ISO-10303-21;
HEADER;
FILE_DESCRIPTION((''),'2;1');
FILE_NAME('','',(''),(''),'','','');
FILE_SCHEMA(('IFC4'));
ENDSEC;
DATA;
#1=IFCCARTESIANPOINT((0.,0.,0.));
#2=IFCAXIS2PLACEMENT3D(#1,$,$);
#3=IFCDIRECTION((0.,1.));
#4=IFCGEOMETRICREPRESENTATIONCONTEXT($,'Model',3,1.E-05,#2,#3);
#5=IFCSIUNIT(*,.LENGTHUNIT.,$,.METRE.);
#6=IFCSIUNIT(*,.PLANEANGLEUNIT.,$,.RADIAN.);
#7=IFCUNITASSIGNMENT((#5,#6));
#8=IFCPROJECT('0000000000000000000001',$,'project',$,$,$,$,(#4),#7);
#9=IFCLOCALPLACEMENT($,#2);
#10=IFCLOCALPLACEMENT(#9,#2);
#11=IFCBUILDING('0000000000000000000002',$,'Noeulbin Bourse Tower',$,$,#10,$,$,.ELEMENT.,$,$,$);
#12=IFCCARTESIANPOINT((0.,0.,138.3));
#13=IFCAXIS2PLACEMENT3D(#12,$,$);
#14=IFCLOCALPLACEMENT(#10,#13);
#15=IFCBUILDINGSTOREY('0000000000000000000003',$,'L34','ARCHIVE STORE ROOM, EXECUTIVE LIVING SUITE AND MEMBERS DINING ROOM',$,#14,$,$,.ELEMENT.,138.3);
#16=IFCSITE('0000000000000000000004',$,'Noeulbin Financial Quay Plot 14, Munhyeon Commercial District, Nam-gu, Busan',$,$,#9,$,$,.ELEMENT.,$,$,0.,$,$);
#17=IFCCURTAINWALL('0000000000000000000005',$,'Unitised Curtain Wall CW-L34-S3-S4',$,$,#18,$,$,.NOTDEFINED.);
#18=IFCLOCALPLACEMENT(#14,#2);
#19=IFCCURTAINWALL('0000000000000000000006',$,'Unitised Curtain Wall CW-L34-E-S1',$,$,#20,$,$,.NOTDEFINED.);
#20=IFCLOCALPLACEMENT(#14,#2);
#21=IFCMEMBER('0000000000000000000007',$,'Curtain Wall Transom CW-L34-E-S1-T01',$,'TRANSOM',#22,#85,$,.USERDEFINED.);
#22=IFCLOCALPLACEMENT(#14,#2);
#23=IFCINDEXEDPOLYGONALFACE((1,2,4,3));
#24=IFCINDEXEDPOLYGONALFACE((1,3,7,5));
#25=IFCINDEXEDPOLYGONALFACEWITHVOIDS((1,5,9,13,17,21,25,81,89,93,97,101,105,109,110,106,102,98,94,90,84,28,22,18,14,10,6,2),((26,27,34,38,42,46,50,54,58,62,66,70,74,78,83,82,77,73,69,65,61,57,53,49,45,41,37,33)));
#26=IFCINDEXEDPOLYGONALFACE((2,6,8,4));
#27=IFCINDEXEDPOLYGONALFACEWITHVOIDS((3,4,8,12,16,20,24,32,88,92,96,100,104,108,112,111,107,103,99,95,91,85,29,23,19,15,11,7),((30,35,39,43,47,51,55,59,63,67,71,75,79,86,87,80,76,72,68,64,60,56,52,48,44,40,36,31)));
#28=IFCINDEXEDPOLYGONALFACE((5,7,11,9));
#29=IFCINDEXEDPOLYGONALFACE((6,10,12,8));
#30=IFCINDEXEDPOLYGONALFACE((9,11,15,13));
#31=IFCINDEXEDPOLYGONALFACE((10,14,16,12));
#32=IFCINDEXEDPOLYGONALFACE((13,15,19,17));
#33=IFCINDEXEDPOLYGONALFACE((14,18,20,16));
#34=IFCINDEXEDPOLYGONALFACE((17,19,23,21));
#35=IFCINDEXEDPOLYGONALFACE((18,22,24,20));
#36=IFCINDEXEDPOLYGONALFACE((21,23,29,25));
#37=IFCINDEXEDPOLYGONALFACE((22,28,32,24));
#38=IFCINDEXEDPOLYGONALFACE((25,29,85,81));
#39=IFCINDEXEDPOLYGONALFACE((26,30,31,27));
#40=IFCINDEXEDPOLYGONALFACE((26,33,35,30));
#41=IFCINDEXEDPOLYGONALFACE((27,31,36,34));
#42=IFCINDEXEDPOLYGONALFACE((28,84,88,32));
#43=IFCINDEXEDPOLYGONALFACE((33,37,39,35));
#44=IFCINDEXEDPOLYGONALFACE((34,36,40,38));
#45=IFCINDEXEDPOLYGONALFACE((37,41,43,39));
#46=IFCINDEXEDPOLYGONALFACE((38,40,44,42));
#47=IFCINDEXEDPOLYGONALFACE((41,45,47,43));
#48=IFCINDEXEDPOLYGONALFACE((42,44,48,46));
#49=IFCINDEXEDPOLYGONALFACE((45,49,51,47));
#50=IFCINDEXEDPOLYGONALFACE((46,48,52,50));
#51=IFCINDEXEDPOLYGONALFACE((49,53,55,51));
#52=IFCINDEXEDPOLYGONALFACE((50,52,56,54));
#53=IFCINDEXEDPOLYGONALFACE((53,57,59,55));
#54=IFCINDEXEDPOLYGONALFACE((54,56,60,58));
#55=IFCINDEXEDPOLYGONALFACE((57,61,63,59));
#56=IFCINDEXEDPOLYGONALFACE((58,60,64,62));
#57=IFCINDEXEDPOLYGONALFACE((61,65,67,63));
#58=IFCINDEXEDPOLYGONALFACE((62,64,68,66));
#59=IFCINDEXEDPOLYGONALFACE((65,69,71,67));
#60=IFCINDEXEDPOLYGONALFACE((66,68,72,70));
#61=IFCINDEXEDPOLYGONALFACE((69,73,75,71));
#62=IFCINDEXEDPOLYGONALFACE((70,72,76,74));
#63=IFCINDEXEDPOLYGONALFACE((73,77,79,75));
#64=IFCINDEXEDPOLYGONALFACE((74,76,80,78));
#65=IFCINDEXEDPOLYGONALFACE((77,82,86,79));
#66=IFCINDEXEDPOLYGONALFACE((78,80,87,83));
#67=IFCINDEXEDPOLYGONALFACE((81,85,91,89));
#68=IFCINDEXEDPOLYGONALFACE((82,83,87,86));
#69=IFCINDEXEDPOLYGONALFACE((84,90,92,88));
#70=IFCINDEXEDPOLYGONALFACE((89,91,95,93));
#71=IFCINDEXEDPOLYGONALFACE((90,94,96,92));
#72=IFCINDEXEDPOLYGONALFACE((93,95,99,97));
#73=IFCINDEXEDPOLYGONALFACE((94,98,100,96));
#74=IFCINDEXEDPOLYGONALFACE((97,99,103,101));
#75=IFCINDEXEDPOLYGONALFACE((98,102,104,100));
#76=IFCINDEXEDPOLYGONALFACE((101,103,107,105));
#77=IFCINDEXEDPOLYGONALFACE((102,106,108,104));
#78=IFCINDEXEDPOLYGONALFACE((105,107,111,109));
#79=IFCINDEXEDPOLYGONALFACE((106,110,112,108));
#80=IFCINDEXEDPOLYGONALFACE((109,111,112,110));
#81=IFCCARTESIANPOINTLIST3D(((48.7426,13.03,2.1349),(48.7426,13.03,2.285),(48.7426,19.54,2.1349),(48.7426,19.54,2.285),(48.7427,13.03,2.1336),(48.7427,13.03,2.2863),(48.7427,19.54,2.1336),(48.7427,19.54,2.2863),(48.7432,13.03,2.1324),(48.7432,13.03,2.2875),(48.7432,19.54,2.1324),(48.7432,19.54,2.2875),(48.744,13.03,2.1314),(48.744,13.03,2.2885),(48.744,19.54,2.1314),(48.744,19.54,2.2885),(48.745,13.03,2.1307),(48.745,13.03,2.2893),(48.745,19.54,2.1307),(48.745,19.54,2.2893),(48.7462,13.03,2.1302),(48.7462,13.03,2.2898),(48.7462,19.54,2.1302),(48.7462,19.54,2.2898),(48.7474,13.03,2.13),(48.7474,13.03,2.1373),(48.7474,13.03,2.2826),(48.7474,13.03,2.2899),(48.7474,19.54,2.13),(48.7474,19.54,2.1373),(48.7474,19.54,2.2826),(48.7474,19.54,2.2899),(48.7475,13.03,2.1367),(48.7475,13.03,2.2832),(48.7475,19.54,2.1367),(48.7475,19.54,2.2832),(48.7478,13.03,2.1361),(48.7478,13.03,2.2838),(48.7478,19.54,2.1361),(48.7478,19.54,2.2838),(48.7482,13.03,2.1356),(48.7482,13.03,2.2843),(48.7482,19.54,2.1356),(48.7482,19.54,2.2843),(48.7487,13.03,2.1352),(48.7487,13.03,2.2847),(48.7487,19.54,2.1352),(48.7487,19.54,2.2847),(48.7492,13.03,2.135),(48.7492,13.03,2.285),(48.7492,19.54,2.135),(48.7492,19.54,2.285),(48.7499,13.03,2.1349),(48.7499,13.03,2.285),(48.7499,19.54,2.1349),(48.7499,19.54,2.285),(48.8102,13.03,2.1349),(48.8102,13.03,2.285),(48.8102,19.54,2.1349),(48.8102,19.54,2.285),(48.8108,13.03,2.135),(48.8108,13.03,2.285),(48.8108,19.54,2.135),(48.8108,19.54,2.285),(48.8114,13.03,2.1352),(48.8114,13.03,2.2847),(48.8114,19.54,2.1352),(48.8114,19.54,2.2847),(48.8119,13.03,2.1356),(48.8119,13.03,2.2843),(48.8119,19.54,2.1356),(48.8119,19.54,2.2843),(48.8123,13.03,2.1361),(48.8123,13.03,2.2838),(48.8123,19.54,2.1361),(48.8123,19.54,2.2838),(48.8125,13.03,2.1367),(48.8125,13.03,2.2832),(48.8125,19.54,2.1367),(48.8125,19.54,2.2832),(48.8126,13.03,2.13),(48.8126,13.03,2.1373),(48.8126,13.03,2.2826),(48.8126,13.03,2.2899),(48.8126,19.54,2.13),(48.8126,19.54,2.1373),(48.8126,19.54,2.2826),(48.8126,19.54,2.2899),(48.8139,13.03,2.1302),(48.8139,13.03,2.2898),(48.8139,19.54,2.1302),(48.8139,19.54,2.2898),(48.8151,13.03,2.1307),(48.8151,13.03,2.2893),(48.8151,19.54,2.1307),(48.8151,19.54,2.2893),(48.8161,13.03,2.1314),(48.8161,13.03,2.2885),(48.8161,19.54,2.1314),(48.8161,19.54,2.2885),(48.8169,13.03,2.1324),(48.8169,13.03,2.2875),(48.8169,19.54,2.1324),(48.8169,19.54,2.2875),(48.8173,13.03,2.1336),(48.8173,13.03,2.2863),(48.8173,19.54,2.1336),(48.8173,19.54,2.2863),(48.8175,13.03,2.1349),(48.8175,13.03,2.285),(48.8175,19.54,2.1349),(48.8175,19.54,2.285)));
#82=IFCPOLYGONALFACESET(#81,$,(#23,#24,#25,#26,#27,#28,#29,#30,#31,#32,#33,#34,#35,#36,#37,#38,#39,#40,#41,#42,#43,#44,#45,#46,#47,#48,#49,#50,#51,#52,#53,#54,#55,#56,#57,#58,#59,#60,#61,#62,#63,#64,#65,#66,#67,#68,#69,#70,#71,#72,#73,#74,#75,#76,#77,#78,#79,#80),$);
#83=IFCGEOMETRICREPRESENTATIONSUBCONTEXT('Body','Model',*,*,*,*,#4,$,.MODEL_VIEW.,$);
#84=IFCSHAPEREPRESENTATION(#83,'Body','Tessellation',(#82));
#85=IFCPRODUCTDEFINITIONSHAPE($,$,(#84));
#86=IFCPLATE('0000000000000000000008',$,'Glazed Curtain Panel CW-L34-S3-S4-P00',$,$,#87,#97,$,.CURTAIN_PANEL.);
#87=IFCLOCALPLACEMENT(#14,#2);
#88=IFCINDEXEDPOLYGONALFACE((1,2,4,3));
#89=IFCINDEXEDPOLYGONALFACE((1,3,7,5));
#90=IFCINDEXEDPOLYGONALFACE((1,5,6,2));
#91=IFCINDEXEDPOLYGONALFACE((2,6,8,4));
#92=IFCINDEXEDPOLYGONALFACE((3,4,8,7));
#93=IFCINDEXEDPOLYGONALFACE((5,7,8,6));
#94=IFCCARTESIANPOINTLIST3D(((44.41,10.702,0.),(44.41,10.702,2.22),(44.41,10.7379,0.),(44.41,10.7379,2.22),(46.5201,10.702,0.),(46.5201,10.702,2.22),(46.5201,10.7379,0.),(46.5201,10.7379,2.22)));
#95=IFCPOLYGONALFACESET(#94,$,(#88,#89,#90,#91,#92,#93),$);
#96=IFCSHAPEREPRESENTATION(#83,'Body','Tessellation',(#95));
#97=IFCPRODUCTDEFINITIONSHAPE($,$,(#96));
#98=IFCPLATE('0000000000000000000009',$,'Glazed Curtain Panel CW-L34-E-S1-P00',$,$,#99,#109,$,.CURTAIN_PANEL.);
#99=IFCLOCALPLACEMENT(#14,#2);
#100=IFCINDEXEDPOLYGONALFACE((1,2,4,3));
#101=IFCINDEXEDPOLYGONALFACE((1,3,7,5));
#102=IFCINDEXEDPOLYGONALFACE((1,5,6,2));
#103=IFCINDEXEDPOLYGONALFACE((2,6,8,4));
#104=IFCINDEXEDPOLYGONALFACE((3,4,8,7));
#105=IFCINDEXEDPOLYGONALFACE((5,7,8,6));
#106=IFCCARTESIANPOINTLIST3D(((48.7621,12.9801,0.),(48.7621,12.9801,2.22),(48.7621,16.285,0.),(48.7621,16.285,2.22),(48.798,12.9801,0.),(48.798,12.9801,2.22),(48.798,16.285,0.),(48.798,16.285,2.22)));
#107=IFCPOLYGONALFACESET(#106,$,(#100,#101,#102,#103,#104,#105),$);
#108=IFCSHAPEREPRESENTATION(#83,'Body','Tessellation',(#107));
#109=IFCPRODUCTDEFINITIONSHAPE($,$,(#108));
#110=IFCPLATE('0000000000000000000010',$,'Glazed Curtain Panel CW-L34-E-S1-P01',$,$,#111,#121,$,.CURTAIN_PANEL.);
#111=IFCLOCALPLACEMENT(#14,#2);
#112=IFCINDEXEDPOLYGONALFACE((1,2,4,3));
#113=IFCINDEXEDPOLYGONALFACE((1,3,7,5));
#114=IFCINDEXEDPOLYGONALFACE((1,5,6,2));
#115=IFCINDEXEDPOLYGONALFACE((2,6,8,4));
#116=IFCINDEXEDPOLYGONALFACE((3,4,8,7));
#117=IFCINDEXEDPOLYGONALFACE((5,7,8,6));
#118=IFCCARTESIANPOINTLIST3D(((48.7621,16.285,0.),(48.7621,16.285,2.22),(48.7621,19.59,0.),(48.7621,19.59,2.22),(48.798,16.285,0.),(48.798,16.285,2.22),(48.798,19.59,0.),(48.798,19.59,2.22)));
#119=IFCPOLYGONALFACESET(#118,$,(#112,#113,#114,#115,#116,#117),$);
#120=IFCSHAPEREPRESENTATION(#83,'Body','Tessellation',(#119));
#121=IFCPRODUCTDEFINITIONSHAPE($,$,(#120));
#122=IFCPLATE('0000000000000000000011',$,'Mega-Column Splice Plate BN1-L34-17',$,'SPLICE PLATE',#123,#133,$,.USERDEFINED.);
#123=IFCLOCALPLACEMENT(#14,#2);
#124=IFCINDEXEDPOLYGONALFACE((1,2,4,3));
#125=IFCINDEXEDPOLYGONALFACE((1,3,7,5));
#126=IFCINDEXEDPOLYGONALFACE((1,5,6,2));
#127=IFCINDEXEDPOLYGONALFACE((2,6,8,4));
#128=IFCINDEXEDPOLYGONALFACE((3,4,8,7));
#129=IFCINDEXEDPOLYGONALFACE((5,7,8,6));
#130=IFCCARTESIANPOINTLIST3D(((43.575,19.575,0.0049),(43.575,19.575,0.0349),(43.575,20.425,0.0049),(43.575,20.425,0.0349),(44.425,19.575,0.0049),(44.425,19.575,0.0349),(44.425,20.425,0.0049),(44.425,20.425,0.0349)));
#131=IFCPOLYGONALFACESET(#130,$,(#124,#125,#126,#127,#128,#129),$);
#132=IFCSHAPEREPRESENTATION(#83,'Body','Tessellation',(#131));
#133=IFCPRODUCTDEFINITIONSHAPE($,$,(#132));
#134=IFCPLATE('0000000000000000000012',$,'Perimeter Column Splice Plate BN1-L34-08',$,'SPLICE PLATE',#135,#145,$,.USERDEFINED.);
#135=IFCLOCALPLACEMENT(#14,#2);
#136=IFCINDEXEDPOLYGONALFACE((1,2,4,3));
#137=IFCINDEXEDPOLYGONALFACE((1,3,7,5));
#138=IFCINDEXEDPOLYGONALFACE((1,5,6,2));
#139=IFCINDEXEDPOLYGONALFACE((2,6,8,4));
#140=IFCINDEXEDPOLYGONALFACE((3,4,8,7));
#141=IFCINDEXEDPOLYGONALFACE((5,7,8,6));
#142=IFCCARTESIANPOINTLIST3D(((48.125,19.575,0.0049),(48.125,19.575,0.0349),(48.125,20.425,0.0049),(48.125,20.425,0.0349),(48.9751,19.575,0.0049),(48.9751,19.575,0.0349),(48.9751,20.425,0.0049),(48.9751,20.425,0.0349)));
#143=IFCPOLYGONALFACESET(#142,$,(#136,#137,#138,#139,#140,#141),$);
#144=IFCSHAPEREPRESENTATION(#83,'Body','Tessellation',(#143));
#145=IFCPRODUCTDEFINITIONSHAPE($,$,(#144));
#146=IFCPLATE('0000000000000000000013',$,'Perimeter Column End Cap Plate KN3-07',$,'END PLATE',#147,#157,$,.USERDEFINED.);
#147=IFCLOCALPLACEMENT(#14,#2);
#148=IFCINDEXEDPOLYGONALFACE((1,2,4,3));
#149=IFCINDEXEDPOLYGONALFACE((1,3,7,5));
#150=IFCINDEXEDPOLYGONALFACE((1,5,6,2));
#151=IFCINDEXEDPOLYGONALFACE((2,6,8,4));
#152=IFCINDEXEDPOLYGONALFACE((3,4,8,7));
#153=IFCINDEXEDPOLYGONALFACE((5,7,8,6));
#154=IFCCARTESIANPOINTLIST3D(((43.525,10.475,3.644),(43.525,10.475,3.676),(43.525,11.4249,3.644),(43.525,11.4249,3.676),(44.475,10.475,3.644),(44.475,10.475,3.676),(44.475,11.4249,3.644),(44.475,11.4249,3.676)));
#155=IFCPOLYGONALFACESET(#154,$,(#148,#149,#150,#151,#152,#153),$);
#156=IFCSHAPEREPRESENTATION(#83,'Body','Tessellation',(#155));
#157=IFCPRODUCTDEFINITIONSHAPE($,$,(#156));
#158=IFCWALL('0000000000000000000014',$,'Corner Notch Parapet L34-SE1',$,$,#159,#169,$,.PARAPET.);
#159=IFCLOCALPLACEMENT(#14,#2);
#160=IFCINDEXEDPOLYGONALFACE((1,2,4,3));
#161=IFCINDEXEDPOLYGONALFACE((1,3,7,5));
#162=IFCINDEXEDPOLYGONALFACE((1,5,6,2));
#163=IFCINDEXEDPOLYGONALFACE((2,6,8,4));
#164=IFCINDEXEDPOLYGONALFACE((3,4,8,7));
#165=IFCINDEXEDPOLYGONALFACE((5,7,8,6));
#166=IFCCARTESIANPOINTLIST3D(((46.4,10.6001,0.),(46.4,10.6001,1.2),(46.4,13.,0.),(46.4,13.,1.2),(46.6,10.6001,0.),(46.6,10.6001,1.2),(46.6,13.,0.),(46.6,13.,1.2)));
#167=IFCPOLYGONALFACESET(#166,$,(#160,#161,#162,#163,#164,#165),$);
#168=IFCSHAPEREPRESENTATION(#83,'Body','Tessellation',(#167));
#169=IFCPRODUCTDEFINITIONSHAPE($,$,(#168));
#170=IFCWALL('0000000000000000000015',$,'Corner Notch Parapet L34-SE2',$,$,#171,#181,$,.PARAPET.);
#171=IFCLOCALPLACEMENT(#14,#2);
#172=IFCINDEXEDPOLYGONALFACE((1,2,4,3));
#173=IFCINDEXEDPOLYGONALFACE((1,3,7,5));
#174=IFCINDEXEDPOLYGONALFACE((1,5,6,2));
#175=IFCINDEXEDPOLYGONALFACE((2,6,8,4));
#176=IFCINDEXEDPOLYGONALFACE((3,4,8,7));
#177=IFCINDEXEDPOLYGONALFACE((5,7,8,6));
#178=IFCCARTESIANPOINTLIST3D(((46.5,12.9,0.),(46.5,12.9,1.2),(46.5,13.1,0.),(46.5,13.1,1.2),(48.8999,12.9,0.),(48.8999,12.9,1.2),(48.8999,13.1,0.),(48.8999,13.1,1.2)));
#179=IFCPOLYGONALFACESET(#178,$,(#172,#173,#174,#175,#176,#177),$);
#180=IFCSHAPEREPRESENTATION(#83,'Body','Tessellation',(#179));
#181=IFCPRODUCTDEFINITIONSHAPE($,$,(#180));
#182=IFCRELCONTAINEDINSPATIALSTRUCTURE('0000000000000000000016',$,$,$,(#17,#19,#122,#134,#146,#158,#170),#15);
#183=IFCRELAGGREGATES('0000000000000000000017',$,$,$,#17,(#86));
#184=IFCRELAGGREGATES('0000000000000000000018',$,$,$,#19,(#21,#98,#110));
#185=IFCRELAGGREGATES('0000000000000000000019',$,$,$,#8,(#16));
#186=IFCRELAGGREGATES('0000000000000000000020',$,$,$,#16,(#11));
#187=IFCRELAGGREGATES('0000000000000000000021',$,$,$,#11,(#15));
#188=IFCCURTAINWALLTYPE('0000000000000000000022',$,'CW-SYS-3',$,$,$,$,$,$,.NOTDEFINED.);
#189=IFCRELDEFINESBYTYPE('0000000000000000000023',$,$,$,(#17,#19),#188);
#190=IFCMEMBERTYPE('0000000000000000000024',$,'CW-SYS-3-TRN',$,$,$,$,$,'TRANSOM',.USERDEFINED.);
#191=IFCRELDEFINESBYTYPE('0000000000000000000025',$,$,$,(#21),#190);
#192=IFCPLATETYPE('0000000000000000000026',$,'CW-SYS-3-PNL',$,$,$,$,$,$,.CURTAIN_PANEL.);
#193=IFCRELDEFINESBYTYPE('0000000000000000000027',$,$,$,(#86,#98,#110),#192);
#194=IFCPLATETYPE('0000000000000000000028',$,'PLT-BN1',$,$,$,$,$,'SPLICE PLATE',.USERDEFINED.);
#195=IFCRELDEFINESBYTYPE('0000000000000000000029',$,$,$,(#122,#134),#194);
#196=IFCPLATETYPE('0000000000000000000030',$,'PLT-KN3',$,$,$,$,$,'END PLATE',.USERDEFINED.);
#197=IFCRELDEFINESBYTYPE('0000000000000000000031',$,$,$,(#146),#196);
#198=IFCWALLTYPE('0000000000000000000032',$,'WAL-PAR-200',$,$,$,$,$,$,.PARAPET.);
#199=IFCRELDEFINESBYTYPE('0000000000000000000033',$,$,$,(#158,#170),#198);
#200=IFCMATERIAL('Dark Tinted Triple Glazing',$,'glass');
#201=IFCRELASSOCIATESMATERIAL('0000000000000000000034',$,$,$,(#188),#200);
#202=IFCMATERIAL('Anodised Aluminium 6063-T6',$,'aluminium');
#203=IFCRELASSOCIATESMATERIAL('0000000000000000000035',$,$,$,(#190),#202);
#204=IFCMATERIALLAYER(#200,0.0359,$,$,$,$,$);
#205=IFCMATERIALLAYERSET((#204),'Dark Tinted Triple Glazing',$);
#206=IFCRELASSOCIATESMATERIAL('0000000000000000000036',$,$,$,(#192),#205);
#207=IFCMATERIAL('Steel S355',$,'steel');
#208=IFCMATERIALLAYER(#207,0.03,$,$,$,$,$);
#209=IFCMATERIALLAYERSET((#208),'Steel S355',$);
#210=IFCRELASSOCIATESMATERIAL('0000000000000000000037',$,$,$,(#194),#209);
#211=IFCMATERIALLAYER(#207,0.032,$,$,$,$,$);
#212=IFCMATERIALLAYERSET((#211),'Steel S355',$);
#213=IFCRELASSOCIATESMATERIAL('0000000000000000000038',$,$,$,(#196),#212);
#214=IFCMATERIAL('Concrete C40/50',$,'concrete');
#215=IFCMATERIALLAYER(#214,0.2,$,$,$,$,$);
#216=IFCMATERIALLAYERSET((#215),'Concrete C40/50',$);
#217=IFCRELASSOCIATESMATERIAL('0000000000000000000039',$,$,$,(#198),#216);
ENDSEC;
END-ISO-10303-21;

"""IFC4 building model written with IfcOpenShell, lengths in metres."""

from ifc_helpers import new_model, si_unit, direction, frame, frame_2d, origin, origin_2d, place, context, subcontext, project, spatial, rectangle, hollow_rectangle, extrude, material, layer, layer_set, material_profile, profile_set, type_object, element, aggregate, save


model = new_model("IFC4")

# Units and contexts
model_context = context("Model", 3, precision=1e-05, world=origin(), true_north=direction((0.0, 1.0)))
body_context = subcontext(model_context, "Body", "Model", "MODEL_VIEW")
ifc_project = project(units=[si_unit("LENGTHUNIT", "METRE"), si_unit("PLANEANGLEUNIT", "RADIAN")], contexts=[model_context])

# Site, building, storey
site_placement = place(None, origin())
site = spatial("IfcSite", under=ifc_project, at=site_placement, Name="Noeulbin Financial Quay Plot 14, Munhyeon Commercial District, Nam-gu, Busan", CompositionType="ELEMENT", RefElevation=0.0)
building_placement = place(site_placement, origin())
building = spatial("IfcBuilding", under=site, at=building_placement, Name="Noeulbin Bourse Tower", CompositionType="ELEMENT")
storey_placement = place(building_placement, frame((0.0, 0.0, 138.3)))
storey = spatial("IfcBuildingStorey", under=building, at=storey_placement, Name="L34", Description="ARCHIVE STORE ROOM, EXECUTIVE LIVING SUITE AND MEMBERS DINING ROOM", CompositionType="ELEMENT", Elevation=138.3)

# Shared definitions
ifc_material_1 = material(Name="Steel S355", Category="steel")

# Curtain walls
ifc_material_2 = material(Name="Dark Tinted Triple Glazing", Category="glass")
curtain_wall_type = type_object("IfcCurtainWallType", Name="CW-SYS-3", PredefinedType="NOTDEFINED", material=ifc_material_2)
curtain_wall_1_placement = place(storey_placement, origin())
curtain_wall_1 = element("IfcCurtainWall", 1, at=curtain_wall_1_placement, inside=storey, type_object=curtain_wall_type, Name="Unitised Curtain Wall CW-L34-S3-S4", PredefinedType="NOTDEFINED")
ifc_material_3 = material(Name="Anodised Aluminium 6063-T6", Category="aluminium")
curtain_wall_2_placement = place(storey_placement, origin())
curtain_wall_2 = element("IfcCurtainWall", 2, at=curtain_wall_2_placement, inside=storey, type_object=curtain_wall_type, Name="Unitised Curtain Wall CW-L34-E-S1", PredefinedType="NOTDEFINED")

# Member
ifc_material_profile_1 = material_profile(ifc_material_3, hollow_rectangle(XDim=0.075, YDim=0.1599, WallThickness=0.0049, InnerFilletRadius=0.0024, OuterFilletRadius=0.0049, at=origin_2d()), Name="ALU-TRAN-75x160x5", Category="LoadBearing")
ifc_profile_set_1 = profile_set([ifc_material_profile_1], Name="Anodised Aluminium 6063-T6")
member_type_1 = type_object("IfcMemberType", Name="CW-SYS-3-TRN", ElementType="TRANSOM", PredefinedType="USERDEFINED", material=ifc_profile_set_1)
member_1_placement = place(storey_placement, frame((48.78, 13.03, 2.21), z_axis=(0.0, 1.0, 0.0), x_axis=(-1.0, 0.0, 0.0)))
member_1 = element("IfcMember", 3, at=member_1_placement, type_object=member_type_1, Name="Curtain Wall Transom CW-L34-E-S1-T01", ObjectType="TRANSOM", PredefinedType="USERDEFINED", context=body_context, shape_type="SweptSolid", body=[
    extrude(hollow_rectangle(XDim=0.075, YDim=0.1599, WallThickness=0.0049, InnerFilletRadius=0.0024, OuterFilletRadius=0.0049, at=origin_2d()), origin(), (0.0, 0.0, 1.0), 6.51),
])

# Plates
ifc_layer_1 = layer(ifc_material_2, 0.0359)
ifc_layer_set_1 = layer_set([ifc_layer_1], Name="Dark Tinted Triple Glazing")
plate_type_1 = type_object("IfcPlateType", Name="CW-SYS-3-PNL", PredefinedType="CURTAIN_PANEL", material=ifc_layer_set_1)
plate_1_placement = place(storey_placement, frame((45.4651, 10.72, 0.0), z_axis=(0.0, 0.0, 1.0), x_axis=(1.0, 0.0, 0.0)))
plate_1 = element("IfcPlate", 4, at=plate_1_placement, type_object=plate_type_1, Name="Glazed Curtain Panel CW-L34-S3-S4-P00", PredefinedType="CURTAIN_PANEL", context=body_context, shape_type="SweptSolid", body=[
    extrude(rectangle(XDim=2.1101, YDim=0.0359, at=origin_2d()), origin(), (0.0, 0.0, 1.0), 2.22),
])
aggregate(curtain_wall_1, [plate_1])
plate_2_placement = place(storey_placement, frame((48.78, 14.6326, 0.0), z_axis=(0.0, 0.0, 1.0), x_axis=(0.0, 1.0, 0.0)))
plate_2 = element("IfcPlate", 5, at=plate_2_placement, type_object=plate_type_1, Name="Glazed Curtain Panel CW-L34-E-S1-P00", PredefinedType="CURTAIN_PANEL", context=body_context, shape_type="SweptSolid", body=[
    extrude(rectangle(XDim=3.3049, YDim=0.0359, at=origin_2d()), origin(), (0.0, 0.0, 1.0), 2.22),
])
plate_3_placement = place(storey_placement, frame((48.78, 17.9375, 0.0), z_axis=(0.0, 0.0, 1.0), x_axis=(0.0, 1.0, 0.0)))
plate_3 = element("IfcPlate", 6, at=plate_3_placement, type_object=plate_type_1, Name="Glazed Curtain Panel CW-L34-E-S1-P01", PredefinedType="CURTAIN_PANEL", context=body_context, shape_type="SweptSolid", body=[
    extrude(rectangle(XDim=3.3049, YDim=0.0359, at=origin_2d()), origin(), (0.0, 0.0, 1.0), 2.22),
])
aggregate(curtain_wall_2, [member_1, plate_2, plate_3])

# Plates
ifc_layer_2 = layer(ifc_material_1, 0.03)
ifc_layer_set_2 = layer_set([ifc_layer_2], Name="Steel S355")
plate_type_2 = type_object("IfcPlateType", Name="PLT-BN1", ElementType="SPLICE PLATE", PredefinedType="USERDEFINED", material=ifc_layer_set_2)
for number, where, z_axis, x_axis, name in (
    (7, (44.0, 20.0, 0.0049), (0.0, 0.0, 1.0), (1.0, 0.0, 0.0), "Mega-Column Splice Plate BN1-L34-17"),
    (8, (48.55, 20.0, 0.0049), (0.0, 0.0, 1.0), (1.0, 0.0, 0.0), "Perimeter Column Splice Plate BN1-L34-08"),
):
    element("IfcPlate", number, at=place(storey_placement, frame(where, z_axis=z_axis, x_axis=x_axis)), inside=storey, type_object=plate_type_2, Name=name, ObjectType="SPLICE PLATE", PredefinedType="USERDEFINED", context=body_context, shape_type="SweptSolid", body=[
        extrude(rectangle(XDim=0.8501, YDim=0.8501, at=origin_2d()), origin(), (0.0, 0.0, 1.0), 0.03),
    ])
ifc_layer_3 = layer(ifc_material_1, 0.032)
ifc_layer_set_3 = layer_set([ifc_layer_3], Name="Steel S355")
plate_type_3 = type_object("IfcPlateType", Name="PLT-KN3", ElementType="END PLATE", PredefinedType="USERDEFINED", material=ifc_layer_set_3)
plate_4_placement = place(storey_placement, frame((44.0, 10.95, 3.644), z_axis=(0.0, 0.0, 1.0), x_axis=(1.0, 0.0, 0.0)))
element("IfcPlate", 9, at=plate_4_placement, inside=storey, type_object=plate_type_3, Name="Perimeter Column End Cap Plate KN3-07", ObjectType="END PLATE", PredefinedType="USERDEFINED", context=body_context, shape_type="SweptSolid", body=[
    extrude(rectangle(XDim=0.95, YDim=0.95, at=origin_2d()), origin(), (0.0, 0.0, 1.0), 0.032),
])

# Walls
ifc_material_4 = material(Name="Concrete C40/50", Category="concrete")
ifc_layer_4 = layer(ifc_material_4, 0.2)
ifc_layer_set_4 = layer_set([ifc_layer_4], Name="Concrete C40/50")
wall_type = type_object("IfcWallType", Name="WAL-PAR-200", PredefinedType="PARAPET", material=ifc_layer_set_4)
for number, where, z_axis, x_axis, name in (
    (10, (46.5, 10.6001, 0.0), (0.0, 0.0, 1.0), (0.0, 1.0, 0.0), "Corner Notch Parapet L34-SE1"),
    (11, (46.5, 13.0, 0.0), (0.0, 0.0, 1.0), (1.0, 0.0, 0.0), "Corner Notch Parapet L34-SE2"),
):
    element("IfcWall", number, at=place(storey_placement, frame(where, z_axis=z_axis, x_axis=x_axis)), inside=storey, type_object=wall_type, Name=name, PredefinedType="PARAPET", context=body_context, shape_type="SweptSolid", body=[
        extrude(rectangle(XDim=2.3999, YDim=0.2, at=frame_2d((1.2, 0.0))), origin(), (0.0, 0.0, 1.0), 1.2),
    ])

save(model, "model.ifc")
